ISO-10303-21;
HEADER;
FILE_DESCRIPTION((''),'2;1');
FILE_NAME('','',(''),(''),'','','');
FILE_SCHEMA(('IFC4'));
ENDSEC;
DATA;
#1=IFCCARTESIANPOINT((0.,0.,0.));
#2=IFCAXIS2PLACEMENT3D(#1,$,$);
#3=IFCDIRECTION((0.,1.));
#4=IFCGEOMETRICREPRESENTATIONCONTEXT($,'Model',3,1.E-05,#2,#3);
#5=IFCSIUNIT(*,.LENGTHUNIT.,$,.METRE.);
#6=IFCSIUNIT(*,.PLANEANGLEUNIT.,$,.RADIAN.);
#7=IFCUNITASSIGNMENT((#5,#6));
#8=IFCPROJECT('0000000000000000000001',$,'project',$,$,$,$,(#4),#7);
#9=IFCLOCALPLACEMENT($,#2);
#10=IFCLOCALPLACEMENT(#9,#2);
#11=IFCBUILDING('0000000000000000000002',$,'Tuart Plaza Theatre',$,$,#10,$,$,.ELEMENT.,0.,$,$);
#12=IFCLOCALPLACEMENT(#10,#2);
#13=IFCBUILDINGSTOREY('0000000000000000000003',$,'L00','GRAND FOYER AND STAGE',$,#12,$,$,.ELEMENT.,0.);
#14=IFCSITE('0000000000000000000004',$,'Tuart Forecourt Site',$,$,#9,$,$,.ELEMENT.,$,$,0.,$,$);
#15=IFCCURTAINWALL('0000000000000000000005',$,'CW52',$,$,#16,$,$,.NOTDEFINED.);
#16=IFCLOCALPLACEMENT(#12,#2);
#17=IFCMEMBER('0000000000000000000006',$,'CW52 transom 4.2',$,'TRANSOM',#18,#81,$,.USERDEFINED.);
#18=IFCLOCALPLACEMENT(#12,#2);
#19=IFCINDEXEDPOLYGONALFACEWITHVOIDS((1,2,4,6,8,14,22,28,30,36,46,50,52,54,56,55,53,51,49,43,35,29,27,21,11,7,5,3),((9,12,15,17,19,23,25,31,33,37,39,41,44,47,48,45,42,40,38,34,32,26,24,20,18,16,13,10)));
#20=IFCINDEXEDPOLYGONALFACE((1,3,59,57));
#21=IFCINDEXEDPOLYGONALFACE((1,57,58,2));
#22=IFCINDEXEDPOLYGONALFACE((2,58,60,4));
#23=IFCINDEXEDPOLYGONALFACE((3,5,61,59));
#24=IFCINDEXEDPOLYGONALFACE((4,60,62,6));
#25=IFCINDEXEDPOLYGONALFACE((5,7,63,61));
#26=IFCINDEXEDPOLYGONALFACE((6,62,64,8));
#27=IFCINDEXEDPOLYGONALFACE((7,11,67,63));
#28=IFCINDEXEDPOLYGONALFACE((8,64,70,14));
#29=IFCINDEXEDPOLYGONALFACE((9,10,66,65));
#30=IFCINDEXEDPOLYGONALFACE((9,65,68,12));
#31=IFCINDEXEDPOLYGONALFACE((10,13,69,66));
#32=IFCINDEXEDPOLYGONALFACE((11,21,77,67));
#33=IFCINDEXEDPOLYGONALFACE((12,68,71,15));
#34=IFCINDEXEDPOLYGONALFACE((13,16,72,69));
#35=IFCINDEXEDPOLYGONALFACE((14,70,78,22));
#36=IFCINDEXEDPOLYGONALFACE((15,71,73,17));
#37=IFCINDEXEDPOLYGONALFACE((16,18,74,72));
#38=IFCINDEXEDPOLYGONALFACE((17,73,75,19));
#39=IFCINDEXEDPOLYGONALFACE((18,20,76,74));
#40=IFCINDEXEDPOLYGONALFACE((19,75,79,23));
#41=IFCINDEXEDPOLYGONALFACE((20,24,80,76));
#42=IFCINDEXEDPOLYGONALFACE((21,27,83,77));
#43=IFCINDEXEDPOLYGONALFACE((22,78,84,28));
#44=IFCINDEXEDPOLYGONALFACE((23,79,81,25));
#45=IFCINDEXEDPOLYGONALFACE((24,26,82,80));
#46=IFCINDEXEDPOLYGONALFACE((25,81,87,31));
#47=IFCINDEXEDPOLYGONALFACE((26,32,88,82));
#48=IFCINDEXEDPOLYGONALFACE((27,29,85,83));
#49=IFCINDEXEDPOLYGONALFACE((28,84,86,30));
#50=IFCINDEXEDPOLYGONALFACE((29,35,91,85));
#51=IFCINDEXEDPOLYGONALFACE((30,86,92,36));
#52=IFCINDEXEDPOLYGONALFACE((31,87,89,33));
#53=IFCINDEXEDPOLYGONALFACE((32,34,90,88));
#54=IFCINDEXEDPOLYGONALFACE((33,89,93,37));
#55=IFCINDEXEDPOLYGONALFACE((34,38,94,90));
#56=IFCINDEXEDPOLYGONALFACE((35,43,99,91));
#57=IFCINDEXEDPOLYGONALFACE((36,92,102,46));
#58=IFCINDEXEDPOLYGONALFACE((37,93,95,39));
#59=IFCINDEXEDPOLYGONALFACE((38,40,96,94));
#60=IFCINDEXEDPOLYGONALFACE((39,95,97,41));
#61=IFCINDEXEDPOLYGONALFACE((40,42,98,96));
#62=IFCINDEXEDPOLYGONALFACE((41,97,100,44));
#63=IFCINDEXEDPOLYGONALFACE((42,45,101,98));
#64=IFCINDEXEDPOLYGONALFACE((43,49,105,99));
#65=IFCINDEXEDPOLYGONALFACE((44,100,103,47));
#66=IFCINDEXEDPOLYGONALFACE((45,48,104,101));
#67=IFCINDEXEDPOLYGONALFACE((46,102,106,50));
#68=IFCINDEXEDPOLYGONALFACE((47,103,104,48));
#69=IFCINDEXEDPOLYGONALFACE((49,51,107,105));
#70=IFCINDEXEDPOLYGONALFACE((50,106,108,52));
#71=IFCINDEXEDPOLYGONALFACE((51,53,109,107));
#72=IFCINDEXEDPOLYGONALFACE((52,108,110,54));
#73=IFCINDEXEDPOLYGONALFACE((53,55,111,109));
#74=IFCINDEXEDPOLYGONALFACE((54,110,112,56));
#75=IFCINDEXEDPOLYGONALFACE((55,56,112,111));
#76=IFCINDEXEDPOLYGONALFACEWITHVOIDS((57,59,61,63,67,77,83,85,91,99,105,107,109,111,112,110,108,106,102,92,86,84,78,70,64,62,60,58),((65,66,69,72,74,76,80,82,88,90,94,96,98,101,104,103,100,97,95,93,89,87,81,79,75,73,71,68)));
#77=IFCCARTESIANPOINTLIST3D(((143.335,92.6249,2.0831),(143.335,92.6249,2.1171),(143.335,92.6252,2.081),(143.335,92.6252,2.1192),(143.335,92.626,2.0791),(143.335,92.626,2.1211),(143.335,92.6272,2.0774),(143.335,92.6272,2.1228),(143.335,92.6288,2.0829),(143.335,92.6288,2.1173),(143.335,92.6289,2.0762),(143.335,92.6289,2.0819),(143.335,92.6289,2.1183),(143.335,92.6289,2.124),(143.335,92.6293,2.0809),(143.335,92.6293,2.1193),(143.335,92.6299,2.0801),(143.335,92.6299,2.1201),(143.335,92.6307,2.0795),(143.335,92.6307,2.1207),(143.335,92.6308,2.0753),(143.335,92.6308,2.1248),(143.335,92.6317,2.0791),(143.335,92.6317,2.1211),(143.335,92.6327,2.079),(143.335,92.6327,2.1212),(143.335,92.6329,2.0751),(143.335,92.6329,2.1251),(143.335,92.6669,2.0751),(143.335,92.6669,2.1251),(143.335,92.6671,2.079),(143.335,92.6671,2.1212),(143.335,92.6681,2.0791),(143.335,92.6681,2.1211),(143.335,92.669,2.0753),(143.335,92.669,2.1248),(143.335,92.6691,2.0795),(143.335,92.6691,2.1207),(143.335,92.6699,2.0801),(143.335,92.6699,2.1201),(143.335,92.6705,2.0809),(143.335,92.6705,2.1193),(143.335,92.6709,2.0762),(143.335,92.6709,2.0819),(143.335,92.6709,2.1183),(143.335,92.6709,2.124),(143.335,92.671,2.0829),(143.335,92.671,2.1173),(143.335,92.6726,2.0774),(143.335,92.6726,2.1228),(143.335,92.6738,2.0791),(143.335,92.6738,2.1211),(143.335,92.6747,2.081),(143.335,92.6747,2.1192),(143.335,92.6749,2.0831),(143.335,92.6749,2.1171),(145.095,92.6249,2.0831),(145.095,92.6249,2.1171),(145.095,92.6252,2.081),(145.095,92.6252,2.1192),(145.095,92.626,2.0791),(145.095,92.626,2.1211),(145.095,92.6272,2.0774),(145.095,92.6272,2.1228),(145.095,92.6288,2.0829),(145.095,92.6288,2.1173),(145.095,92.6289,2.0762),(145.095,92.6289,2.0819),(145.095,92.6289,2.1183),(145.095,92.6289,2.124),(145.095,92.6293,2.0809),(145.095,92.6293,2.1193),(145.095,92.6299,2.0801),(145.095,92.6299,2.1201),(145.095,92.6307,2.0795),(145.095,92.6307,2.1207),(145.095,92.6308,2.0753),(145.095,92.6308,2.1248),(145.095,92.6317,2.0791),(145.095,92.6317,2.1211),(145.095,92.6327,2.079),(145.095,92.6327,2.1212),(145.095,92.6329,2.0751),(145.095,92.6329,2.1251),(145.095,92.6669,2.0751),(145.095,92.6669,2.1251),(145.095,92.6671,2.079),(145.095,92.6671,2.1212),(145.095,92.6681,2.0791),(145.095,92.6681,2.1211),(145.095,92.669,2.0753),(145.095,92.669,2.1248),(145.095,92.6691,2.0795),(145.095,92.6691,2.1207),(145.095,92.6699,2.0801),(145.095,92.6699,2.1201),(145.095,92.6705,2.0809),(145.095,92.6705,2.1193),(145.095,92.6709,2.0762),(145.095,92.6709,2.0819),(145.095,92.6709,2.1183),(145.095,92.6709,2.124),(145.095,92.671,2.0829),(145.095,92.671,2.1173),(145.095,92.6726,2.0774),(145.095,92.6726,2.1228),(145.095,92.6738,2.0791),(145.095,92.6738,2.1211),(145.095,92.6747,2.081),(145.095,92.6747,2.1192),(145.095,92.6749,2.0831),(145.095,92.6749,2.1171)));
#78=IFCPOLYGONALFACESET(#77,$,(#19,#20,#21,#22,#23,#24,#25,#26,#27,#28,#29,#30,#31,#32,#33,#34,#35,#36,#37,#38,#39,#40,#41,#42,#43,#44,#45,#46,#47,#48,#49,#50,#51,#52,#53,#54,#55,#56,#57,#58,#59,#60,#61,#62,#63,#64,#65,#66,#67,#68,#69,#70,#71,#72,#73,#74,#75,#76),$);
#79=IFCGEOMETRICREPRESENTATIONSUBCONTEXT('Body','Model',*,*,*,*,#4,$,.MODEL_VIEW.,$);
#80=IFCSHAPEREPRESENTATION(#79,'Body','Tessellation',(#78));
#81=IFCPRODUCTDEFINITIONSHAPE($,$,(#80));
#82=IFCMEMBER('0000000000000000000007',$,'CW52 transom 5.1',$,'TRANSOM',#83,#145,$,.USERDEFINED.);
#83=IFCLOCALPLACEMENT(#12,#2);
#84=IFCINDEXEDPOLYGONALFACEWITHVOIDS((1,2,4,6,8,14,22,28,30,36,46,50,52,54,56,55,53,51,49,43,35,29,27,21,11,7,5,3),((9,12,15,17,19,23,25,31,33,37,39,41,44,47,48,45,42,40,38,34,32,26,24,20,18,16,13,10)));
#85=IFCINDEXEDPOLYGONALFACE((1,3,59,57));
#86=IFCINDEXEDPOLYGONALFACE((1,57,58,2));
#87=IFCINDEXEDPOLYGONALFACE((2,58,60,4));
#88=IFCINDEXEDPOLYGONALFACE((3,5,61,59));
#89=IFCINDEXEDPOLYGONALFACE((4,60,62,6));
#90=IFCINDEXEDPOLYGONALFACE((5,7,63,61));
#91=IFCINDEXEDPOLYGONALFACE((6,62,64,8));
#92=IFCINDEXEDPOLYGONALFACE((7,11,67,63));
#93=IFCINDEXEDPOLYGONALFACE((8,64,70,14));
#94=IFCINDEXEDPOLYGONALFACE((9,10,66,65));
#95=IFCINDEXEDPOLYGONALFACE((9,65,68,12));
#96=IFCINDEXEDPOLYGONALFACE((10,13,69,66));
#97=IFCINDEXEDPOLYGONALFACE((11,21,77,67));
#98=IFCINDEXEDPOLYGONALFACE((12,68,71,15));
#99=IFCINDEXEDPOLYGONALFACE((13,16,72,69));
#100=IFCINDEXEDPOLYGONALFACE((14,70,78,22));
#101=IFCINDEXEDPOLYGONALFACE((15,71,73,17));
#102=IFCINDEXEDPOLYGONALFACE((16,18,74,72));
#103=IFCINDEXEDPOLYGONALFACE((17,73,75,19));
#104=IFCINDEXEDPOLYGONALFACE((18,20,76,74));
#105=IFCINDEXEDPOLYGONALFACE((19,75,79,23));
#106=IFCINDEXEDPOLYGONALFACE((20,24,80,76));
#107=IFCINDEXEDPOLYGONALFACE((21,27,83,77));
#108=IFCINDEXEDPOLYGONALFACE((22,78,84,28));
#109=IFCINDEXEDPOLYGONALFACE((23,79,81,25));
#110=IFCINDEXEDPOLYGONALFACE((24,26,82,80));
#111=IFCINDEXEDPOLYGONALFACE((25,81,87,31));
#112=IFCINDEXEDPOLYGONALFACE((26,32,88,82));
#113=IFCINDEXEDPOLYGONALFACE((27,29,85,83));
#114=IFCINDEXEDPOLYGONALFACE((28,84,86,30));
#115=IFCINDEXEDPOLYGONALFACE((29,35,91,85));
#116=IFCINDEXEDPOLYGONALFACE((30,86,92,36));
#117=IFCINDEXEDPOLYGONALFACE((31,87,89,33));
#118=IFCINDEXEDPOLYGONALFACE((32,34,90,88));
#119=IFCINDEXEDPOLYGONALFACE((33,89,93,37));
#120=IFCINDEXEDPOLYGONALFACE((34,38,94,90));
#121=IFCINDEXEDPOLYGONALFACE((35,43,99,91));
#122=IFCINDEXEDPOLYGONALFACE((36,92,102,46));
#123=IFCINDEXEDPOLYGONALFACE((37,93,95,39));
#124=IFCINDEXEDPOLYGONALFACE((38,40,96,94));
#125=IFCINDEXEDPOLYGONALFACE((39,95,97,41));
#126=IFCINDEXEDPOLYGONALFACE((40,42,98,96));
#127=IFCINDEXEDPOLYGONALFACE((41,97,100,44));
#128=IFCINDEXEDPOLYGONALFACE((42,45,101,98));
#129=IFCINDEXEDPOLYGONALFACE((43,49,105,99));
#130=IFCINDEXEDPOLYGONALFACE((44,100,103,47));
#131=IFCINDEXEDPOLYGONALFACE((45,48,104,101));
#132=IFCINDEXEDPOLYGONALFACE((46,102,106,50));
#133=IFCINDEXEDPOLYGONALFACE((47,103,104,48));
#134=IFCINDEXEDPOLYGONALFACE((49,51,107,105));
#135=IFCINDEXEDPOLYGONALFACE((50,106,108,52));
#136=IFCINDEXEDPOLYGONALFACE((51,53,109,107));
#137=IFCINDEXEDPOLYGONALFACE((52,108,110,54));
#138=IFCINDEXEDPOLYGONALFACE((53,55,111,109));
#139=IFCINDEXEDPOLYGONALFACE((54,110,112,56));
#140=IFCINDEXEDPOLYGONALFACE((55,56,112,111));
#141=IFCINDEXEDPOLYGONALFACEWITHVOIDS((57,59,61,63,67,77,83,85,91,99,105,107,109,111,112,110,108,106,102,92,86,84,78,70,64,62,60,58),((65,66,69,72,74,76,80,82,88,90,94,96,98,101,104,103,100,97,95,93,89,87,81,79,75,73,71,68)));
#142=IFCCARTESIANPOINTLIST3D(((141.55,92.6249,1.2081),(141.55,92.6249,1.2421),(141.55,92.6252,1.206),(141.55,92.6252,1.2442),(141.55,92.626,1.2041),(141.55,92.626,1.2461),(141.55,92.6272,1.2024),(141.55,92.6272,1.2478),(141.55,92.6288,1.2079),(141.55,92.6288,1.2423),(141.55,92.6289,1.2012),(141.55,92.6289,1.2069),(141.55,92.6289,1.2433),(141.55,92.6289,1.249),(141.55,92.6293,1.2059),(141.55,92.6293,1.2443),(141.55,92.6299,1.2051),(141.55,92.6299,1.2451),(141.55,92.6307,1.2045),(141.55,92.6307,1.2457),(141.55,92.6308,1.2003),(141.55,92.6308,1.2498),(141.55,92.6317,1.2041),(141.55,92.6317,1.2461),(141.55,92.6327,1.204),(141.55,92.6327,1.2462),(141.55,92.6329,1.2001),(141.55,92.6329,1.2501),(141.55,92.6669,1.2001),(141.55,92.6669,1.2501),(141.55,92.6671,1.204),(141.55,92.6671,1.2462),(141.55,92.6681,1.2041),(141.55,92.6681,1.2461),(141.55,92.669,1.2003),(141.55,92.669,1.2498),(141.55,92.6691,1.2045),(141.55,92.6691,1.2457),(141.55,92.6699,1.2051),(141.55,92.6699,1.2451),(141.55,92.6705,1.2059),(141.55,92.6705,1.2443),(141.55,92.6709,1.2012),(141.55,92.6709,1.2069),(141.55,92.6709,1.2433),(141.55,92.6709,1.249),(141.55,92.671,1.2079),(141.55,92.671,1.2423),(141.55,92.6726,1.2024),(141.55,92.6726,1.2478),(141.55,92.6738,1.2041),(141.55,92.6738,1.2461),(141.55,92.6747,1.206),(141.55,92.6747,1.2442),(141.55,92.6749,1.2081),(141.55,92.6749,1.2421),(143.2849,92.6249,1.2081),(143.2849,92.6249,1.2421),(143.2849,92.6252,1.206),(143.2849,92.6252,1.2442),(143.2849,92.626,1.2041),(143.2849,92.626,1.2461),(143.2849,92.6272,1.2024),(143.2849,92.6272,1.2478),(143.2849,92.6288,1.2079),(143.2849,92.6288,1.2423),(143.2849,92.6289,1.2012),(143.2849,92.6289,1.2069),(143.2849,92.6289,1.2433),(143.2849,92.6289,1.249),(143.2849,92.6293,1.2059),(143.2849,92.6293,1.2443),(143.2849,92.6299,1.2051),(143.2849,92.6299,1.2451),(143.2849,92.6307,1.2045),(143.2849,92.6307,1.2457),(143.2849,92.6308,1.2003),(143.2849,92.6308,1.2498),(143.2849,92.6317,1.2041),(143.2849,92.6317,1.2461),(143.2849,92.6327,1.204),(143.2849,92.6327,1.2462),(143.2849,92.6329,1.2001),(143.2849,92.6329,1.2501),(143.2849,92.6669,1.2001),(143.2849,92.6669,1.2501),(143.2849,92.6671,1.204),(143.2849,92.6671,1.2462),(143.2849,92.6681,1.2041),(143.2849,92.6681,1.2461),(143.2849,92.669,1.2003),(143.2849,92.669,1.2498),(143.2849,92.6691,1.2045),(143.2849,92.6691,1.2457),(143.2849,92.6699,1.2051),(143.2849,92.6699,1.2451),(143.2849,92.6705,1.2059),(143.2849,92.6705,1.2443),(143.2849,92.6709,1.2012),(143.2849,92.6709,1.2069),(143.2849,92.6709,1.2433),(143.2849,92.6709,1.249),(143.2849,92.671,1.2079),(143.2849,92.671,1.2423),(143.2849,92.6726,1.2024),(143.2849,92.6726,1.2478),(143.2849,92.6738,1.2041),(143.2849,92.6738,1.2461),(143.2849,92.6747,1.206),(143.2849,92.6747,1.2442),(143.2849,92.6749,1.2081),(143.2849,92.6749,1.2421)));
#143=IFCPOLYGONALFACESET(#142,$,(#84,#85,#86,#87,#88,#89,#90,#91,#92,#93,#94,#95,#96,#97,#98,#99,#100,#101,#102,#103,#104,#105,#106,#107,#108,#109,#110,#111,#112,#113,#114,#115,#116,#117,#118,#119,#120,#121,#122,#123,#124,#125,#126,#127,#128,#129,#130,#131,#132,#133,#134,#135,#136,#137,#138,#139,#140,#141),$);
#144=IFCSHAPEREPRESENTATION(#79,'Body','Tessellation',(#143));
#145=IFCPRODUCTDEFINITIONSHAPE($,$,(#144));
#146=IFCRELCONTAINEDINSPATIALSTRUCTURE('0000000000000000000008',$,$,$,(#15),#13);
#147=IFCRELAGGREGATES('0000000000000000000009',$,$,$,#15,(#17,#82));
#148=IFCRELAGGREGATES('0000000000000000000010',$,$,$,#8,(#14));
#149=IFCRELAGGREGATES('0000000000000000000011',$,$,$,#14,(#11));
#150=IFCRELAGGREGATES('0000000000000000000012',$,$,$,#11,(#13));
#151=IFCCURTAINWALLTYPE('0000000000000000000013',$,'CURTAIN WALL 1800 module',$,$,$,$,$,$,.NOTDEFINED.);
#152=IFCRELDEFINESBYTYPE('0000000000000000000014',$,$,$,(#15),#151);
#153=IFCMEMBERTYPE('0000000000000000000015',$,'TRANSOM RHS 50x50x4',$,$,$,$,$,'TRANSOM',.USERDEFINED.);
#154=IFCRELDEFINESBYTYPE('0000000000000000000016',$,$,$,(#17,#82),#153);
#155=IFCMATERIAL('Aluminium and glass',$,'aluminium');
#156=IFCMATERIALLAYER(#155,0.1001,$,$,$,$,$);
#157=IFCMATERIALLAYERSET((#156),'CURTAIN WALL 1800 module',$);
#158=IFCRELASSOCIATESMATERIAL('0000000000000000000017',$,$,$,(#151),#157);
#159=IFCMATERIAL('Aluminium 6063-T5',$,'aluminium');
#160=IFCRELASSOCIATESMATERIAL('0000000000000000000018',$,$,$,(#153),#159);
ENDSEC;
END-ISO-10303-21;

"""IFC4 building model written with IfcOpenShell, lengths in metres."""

from ifc_helpers import new_model, si_unit, direction, frame, origin, origin_2d, place, context, subcontext, project, spatial, hollow_rectangle, extrude, material, layer, layer_set, material_profile, profile_set, type_object, element, aggregate, save


model = new_model("IFC4")

# Units and contexts
model_context = context("Model", 3, precision=1e-05, world=origin(), true_north=direction((0.0, 1.0)))
body_context = subcontext(model_context, "Body", "Model", "MODEL_VIEW")
ifc_project = project(units=[si_unit("LENGTHUNIT", "METRE"), si_unit("PLANEANGLEUNIT", "RADIAN")], contexts=[model_context])

# Site, building, storey
site_placement = place(None, origin())
site = spatial("IfcSite", under=ifc_project, at=site_placement, Name="Tuart Forecourt Site", CompositionType="ELEMENT", RefElevation=0.0)
building_placement = place(site_placement, origin())
building = spatial("IfcBuilding", under=site, at=building_placement, Name="Tuart Plaza Theatre", CompositionType="ELEMENT", ElevationOfRefHeight=0.0)
storey_placement = place(building_placement, origin())
storey = spatial("IfcBuildingStorey", under=building, at=storey_placement, Name="L00", Description="GRAND FOYER AND STAGE", CompositionType="ELEMENT", Elevation=0.0)

# Curtain wall, members
ifc_material_1 = material(Name="Aluminium and glass", Category="aluminium")
ifc_layer_1 = layer(ifc_material_1, 0.1001)
ifc_layer_set_1 = layer_set([ifc_layer_1], Name="CURTAIN WALL 1800 module")
curtain_wall_type_1 = type_object("IfcCurtainWallType", Name="CURTAIN WALL 1800 module", PredefinedType="NOTDEFINED", material=ifc_layer_set_1)
curtain_wall_1_placement = place(storey_placement, origin())
curtain_wall_1 = element("IfcCurtainWall", 1, at=curtain_wall_1_placement, inside=storey, type_object=curtain_wall_type_1, Name="CW52", PredefinedType="NOTDEFINED")
ifc_material_2 = material(Name="Aluminium 6063-T5", Category="aluminium")
ifc_material_profile_1 = material_profile(ifc_material_2, hollow_rectangle(XDim=0.05, YDim=0.05, WallThickness=0.0039, InnerFilletRadius=0.0039, OuterFilletRadius=0.0081, at=origin_2d()), Name="RHS 50x50x4")
ifc_profile_set_1 = profile_set([ifc_material_profile_1], Name="Aluminium 6063-T5")
member_type_1 = type_object("IfcMemberType", Name="TRANSOM RHS 50x50x4", ElementType="TRANSOM", PredefinedType="USERDEFINED", material=ifc_profile_set_1)
member_1_placement = place(storey_placement, frame((145.095, 92.6499, 2.1001), z_axis=(-1.0, 0.0, 0.0), x_axis=(0.0, -1.0, 0.0)))
member_1 = element("IfcMember", 2, at=member_1_placement, type_object=member_type_1, Name="CW52 transom 4.2", ObjectType="TRANSOM", PredefinedType="USERDEFINED", context=body_context, shape_type="SweptSolid", body=[
    extrude(hollow_rectangle(XDim=0.05, YDim=0.05, WallThickness=0.0039, InnerFilletRadius=0.0039, OuterFilletRadius=0.0081, at=origin_2d()), origin(), (0.0, 0.0, 1.0), 1.76),
])
member_2_placement = place(storey_placement, frame((143.2849, 92.6499, 1.2251), z_axis=(-1.0, 0.0, 0.0), x_axis=(0.0, -1.0, 0.0)))
member_2 = element("IfcMember", 3, at=member_2_placement, type_object=member_type_1, Name="CW52 transom 5.1", ObjectType="TRANSOM", PredefinedType="USERDEFINED", context=body_context, shape_type="SweptSolid", body=[
    extrude(hollow_rectangle(XDim=0.05, YDim=0.05, WallThickness=0.0039, InnerFilletRadius=0.0039, OuterFilletRadius=0.0081, at=origin_2d()), origin(), (0.0, 0.0, 1.0), 1.7349),
])

aggregate(curtain_wall_1, [member_1, member_2])

save(model, "model.ifc")
